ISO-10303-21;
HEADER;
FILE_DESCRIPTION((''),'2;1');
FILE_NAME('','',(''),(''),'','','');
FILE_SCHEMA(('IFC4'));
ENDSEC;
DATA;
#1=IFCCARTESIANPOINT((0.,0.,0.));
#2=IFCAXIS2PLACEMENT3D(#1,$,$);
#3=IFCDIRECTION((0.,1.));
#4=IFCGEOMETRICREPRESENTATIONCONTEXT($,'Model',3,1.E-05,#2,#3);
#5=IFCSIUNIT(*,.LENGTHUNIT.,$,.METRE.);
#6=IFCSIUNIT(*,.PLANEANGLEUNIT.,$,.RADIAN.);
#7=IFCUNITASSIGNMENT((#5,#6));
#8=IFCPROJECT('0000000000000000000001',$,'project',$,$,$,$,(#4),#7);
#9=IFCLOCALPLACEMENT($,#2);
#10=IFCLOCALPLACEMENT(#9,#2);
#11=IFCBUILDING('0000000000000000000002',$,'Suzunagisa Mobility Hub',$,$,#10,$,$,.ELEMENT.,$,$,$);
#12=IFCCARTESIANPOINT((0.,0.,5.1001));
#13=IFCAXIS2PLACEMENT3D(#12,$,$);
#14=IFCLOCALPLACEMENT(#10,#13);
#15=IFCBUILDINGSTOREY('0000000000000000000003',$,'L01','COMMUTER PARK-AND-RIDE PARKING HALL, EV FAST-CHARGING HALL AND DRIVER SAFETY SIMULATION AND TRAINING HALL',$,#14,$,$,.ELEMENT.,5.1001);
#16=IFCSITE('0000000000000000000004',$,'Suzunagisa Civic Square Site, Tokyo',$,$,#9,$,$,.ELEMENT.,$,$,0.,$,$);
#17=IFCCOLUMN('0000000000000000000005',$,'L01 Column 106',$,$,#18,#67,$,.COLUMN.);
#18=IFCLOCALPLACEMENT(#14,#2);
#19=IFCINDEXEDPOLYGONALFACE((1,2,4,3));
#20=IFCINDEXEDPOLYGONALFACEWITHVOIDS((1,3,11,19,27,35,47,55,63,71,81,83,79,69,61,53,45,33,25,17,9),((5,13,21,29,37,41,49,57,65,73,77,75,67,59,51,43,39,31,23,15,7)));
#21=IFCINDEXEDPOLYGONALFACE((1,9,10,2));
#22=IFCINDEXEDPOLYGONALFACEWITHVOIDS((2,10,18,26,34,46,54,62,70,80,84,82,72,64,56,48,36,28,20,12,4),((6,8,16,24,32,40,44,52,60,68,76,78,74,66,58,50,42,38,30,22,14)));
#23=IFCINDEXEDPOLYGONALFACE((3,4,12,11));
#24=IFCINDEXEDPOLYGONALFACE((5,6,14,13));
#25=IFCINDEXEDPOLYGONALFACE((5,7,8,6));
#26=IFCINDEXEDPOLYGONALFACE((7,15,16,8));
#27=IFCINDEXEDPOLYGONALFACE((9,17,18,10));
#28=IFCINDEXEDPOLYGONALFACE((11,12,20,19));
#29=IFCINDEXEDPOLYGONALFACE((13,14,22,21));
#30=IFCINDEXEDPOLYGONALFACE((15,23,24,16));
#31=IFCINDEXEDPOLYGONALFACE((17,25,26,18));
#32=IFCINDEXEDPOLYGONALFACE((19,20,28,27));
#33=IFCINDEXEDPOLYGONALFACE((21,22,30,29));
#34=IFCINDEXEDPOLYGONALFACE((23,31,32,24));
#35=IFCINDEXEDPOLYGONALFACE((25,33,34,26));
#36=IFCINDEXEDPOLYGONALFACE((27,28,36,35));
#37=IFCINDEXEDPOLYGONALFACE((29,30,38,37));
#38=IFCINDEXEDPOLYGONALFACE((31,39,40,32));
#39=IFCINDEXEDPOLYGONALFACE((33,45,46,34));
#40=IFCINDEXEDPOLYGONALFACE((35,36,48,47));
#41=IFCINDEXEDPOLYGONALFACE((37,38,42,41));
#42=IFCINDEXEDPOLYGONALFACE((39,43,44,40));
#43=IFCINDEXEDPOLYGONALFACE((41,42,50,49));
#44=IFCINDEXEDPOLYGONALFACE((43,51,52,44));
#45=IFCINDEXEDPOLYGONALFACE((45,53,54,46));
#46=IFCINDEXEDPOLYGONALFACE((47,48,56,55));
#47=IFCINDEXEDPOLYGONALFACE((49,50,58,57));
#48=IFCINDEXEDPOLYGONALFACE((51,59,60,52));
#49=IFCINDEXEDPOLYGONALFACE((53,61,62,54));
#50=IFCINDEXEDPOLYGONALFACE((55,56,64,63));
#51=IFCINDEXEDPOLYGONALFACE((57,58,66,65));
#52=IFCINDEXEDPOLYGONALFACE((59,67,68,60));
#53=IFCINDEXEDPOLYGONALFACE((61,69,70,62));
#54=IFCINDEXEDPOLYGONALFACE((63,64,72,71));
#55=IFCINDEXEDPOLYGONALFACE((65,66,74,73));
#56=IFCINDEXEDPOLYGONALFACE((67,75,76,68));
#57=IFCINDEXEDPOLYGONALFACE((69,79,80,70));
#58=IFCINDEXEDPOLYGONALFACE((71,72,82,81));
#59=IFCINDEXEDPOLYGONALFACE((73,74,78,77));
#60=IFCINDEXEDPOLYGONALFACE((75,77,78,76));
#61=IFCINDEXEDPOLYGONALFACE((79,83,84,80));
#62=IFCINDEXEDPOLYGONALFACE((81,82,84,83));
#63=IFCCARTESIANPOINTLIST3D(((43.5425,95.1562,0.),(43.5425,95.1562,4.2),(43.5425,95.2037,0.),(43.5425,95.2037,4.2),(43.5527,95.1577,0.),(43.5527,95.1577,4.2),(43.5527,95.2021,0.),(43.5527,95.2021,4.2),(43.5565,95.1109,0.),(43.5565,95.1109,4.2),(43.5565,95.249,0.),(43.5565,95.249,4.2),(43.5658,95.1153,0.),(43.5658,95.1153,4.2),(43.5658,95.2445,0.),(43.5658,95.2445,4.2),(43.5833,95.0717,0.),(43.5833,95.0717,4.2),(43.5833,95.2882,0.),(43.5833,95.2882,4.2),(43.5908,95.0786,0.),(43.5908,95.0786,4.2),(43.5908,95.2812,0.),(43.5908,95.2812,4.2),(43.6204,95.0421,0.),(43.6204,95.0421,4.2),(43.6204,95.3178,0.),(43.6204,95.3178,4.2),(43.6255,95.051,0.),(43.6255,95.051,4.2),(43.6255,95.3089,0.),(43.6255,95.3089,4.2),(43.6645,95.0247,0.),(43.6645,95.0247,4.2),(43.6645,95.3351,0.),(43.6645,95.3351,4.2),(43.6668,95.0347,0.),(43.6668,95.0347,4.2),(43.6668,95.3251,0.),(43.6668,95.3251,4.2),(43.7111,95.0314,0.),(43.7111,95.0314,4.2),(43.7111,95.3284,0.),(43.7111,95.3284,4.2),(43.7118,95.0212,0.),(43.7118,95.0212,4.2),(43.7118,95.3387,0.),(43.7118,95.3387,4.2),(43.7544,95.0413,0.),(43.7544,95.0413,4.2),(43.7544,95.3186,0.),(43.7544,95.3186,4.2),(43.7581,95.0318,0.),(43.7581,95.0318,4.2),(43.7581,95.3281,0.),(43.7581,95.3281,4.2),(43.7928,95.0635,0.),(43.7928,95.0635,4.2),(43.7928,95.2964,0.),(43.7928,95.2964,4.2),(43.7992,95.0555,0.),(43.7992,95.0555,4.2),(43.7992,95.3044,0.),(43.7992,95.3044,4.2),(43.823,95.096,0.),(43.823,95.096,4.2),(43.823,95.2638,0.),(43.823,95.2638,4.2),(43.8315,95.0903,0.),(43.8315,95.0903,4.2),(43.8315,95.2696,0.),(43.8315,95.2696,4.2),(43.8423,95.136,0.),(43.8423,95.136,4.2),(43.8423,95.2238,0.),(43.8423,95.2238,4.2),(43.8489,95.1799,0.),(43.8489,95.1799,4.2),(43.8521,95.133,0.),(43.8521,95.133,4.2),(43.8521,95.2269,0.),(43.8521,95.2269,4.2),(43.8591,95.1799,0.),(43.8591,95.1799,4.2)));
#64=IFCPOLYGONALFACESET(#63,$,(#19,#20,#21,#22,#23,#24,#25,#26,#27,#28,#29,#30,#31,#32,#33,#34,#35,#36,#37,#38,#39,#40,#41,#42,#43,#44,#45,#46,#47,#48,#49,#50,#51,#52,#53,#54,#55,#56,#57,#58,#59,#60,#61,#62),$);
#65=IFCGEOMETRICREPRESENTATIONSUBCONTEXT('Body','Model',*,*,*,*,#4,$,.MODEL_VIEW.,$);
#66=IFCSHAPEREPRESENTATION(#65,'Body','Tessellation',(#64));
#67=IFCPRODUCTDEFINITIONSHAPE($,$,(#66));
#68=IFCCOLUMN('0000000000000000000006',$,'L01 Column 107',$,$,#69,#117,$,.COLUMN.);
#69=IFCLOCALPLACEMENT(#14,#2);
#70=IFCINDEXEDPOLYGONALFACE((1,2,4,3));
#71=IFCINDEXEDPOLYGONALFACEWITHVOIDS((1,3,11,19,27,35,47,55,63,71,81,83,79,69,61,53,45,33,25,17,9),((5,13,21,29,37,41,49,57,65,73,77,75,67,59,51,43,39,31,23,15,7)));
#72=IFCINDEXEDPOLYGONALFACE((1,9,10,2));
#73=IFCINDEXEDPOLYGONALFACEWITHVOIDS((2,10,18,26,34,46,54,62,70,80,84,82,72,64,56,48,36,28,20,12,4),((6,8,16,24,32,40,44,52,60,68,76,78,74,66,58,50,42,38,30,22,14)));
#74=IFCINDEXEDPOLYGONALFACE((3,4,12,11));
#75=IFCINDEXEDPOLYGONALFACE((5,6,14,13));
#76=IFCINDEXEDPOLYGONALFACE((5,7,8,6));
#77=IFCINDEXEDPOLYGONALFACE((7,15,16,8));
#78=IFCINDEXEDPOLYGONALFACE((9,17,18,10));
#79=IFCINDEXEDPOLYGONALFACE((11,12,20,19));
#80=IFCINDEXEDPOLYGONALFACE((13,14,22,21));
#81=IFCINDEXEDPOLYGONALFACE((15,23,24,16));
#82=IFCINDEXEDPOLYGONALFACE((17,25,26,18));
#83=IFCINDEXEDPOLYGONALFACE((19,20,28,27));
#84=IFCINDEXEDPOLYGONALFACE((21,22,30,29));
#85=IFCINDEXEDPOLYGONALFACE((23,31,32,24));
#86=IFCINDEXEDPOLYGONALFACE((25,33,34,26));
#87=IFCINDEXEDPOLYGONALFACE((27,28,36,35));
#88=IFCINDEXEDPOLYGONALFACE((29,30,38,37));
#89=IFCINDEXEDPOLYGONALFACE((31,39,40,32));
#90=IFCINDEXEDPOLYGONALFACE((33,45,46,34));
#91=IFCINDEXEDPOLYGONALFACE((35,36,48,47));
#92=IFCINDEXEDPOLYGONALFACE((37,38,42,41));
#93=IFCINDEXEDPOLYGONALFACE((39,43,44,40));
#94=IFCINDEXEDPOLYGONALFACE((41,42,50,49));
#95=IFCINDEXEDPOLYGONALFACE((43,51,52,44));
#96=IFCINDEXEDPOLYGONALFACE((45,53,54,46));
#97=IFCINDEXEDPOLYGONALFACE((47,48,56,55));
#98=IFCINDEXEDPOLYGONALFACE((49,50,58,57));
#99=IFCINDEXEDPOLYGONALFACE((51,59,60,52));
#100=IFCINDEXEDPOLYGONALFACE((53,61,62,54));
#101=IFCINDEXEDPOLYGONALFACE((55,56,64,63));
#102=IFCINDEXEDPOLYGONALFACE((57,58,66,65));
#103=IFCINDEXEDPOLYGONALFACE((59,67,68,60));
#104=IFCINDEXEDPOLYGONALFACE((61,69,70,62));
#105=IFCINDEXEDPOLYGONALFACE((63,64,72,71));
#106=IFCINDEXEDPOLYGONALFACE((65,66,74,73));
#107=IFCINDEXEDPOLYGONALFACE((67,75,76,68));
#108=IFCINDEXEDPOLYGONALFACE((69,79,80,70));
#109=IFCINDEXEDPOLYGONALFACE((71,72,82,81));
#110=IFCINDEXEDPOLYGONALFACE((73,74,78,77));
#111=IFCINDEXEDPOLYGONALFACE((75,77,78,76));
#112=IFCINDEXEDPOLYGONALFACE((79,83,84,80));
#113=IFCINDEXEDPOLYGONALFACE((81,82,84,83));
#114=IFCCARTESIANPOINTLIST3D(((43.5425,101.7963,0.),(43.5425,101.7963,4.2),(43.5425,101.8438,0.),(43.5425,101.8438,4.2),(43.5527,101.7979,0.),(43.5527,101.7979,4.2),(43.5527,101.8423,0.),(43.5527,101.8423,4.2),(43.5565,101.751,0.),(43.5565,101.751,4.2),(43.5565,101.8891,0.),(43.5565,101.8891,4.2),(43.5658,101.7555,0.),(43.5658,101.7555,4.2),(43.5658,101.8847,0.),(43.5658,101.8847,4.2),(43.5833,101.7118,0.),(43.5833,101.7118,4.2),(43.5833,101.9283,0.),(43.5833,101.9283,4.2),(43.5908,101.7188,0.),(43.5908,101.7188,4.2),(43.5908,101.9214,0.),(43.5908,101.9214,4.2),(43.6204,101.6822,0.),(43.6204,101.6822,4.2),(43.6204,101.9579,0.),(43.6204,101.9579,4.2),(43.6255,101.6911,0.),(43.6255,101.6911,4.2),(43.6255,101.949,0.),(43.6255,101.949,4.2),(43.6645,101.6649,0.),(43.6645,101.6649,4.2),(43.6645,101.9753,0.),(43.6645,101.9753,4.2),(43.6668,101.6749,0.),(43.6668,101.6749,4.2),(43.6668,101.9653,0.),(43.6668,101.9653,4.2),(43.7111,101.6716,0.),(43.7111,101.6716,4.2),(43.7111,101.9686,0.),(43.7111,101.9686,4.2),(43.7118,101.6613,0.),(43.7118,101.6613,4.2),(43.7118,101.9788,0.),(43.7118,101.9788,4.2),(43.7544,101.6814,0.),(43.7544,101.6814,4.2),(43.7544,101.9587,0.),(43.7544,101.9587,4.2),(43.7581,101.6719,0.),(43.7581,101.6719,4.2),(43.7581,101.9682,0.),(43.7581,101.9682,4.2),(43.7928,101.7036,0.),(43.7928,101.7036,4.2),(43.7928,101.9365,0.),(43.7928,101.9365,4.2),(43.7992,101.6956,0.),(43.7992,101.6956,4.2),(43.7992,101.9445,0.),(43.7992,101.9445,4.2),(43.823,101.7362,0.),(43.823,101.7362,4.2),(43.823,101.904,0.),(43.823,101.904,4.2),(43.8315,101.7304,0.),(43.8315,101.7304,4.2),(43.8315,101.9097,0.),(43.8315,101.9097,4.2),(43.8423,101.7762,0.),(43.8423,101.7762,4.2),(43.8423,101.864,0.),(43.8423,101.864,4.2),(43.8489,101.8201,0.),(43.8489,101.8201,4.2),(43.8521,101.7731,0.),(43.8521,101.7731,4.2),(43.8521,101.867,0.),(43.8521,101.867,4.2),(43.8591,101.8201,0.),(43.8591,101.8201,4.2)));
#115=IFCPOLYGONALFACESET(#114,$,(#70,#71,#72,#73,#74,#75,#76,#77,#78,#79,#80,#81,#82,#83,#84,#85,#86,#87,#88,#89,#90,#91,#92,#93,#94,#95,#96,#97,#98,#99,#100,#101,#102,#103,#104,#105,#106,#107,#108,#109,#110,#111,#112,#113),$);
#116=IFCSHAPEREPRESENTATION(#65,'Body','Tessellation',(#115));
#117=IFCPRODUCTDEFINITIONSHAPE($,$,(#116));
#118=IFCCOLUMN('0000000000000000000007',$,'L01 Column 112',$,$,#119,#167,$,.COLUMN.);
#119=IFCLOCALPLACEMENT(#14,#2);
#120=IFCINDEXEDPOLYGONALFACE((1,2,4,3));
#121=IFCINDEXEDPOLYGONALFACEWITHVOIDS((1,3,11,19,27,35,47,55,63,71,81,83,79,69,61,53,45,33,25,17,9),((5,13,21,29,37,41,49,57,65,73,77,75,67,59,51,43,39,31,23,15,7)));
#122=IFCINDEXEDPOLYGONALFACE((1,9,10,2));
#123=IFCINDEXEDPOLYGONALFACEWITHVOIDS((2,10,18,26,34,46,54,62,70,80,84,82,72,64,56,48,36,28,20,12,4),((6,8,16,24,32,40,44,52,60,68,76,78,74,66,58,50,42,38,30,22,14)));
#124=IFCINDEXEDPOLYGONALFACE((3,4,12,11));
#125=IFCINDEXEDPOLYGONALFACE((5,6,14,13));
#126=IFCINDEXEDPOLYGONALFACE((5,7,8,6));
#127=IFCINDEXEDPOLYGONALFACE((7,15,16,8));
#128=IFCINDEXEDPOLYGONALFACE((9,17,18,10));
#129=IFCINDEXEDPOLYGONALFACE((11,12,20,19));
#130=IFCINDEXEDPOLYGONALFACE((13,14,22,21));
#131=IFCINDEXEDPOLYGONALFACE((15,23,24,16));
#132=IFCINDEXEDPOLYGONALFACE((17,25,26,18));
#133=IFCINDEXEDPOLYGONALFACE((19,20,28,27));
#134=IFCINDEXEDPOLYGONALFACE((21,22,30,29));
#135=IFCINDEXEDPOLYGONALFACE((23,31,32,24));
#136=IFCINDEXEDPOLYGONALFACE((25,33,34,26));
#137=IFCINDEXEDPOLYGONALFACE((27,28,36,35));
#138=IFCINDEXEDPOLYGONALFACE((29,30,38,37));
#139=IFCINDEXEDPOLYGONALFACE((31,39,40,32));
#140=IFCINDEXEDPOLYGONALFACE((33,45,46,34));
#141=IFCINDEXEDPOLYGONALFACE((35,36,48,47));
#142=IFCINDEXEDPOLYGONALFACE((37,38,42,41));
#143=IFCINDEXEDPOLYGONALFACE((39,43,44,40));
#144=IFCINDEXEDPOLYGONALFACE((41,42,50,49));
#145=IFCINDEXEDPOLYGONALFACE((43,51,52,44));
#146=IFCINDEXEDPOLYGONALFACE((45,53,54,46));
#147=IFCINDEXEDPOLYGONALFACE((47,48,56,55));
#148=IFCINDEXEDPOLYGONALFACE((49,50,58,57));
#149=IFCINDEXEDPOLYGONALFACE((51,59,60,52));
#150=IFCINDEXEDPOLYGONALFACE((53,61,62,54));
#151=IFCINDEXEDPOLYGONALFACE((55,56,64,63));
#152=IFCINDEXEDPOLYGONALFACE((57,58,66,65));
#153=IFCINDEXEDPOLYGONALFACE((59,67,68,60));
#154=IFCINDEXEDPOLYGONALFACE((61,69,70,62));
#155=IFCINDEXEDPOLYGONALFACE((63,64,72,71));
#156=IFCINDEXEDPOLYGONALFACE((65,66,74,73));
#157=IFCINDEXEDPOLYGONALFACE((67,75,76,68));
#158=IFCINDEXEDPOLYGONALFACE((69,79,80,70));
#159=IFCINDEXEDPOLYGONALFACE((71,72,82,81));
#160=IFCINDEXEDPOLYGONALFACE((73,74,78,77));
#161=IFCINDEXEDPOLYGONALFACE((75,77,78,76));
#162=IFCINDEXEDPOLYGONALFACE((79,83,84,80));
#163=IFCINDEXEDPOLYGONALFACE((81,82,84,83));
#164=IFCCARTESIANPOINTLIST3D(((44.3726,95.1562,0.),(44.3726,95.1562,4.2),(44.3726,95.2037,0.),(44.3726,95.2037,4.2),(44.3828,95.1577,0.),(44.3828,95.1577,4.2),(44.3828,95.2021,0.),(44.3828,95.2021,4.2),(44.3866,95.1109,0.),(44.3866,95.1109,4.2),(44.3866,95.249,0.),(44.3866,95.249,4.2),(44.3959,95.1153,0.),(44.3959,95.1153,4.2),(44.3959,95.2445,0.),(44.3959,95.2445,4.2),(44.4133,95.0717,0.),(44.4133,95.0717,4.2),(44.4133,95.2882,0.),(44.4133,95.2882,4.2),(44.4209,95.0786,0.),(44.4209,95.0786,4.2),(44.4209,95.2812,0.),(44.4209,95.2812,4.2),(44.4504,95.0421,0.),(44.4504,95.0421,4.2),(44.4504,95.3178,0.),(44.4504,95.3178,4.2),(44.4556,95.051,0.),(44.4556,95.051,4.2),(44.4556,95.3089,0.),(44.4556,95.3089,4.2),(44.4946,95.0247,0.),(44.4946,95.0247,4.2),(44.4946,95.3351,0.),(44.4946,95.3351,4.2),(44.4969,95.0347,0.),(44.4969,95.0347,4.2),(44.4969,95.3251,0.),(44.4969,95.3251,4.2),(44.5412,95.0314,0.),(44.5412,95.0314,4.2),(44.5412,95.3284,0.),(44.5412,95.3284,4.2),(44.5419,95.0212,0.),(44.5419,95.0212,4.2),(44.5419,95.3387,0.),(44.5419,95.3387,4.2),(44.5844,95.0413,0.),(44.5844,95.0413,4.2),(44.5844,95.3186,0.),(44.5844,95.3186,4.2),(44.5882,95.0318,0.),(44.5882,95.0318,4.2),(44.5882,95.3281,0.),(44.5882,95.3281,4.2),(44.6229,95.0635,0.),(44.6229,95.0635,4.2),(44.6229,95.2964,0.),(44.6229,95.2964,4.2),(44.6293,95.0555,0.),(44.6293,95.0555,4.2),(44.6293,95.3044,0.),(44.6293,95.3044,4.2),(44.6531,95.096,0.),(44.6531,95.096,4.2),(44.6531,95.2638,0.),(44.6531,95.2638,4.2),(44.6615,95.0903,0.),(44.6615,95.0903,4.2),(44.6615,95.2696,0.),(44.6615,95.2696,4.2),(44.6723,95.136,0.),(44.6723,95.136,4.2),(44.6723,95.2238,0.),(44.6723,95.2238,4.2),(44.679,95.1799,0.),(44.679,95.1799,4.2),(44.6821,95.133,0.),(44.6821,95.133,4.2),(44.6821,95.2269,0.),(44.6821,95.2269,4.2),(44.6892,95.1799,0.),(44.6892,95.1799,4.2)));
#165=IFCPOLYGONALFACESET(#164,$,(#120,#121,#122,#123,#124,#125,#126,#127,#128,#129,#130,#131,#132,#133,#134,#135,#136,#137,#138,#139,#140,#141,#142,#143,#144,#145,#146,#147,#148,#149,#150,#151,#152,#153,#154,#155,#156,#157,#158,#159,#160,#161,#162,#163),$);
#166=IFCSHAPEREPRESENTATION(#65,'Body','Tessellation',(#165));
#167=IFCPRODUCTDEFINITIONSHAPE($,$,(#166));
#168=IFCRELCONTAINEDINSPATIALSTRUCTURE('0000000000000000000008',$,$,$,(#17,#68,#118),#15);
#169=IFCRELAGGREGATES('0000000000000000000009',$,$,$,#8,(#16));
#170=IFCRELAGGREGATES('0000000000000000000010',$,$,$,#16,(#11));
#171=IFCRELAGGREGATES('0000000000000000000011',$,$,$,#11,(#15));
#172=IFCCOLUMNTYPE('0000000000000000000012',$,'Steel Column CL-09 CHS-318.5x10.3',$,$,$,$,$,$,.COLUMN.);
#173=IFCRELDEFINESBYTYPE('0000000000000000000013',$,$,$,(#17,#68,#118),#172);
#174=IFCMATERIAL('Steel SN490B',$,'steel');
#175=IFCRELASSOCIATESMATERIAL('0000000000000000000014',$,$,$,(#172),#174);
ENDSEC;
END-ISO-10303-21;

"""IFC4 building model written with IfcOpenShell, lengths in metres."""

from ifc_helpers import new_model, si_unit, direction, frame, origin, origin_2d, place, context, subcontext, project, spatial, hollow_circle, extrude, material, material_profile, profile_set, type_object, element, save


model = new_model("IFC4")

# Units and contexts
model_context = context("Model", 3, precision=1e-05, world=origin(), true_north=direction((0.0, 1.0)))
body_context = subcontext(model_context, "Body", "Model", "MODEL_VIEW")
ifc_project = project(units=[si_unit("LENGTHUNIT", "METRE"), si_unit("PLANEANGLEUNIT", "RADIAN")], contexts=[model_context])

# Site, building, storey
site_placement = place(None, origin())
site = spatial("IfcSite", under=ifc_project, at=site_placement, Name="Suzunagisa Civic Square Site, Tokyo", CompositionType="ELEMENT", RefElevation=0.0)
building_placement = place(site_placement, origin())
building = spatial("IfcBuilding", under=site, at=building_placement, Name="Suzunagisa Mobility Hub", CompositionType="ELEMENT")
storey_placement = place(building_placement, frame((0.0, 0.0, 5.1001)))
storey = spatial("IfcBuildingStorey", under=building, at=storey_placement, Name="L01", Description="COMMUTER PARK-AND-RIDE PARKING HALL, EV FAST-CHARGING HALL AND DRIVER SAFETY SIMULATION AND TRAINING HALL", CompositionType="ELEMENT", Elevation=5.1001)

# Columns
ifc_material_1 = material(Name="Steel SN490B", Category="steel")
ifc_material_profile_1 = material_profile(ifc_material_1, hollow_circle(Radius=0.1592, WallThickness=0.0103, at=origin_2d()), Name="CHS-318.5x10.3")
ifc_profile_set_1 = profile_set([ifc_material_profile_1], Name="Steel SN490B")
column_type_1 = type_object("IfcColumnType", Name="Steel Column CL-09 CHS-318.5x10.3", PredefinedType="COLUMN", material=ifc_profile_set_1)
for number, where, z_axis, x_axis, name in (
    (1, (43.7, 95.1799, 0.0), (0.0, 0.0, 1.0), (1.0, 0.0, 0.0), "L01 Column 106"),
    (2, (43.7, 101.8201, 0.0), (0.0, 0.0, 1.0), (1.0, 0.0, 0.0), "L01 Column 107"),
    (3, (44.53, 95.1799, 0.0), (0.0, 0.0, 1.0), (1.0, 0.0, 0.0), "L01 Column 112"),
):
    element("IfcColumn", number, at=place(storey_placement, frame(where, z_axis=z_axis, x_axis=x_axis)), inside=storey, type_object=column_type_1, Name=name, PredefinedType="COLUMN", context=body_context, shape_type="SweptSolid", body=[
        extrude(hollow_circle(Radius=0.1592, WallThickness=0.0103, at=origin_2d()), origin(), (0.0, 0.0, 1.0), 4.2),
    ])

save(model, "model.ifc")
